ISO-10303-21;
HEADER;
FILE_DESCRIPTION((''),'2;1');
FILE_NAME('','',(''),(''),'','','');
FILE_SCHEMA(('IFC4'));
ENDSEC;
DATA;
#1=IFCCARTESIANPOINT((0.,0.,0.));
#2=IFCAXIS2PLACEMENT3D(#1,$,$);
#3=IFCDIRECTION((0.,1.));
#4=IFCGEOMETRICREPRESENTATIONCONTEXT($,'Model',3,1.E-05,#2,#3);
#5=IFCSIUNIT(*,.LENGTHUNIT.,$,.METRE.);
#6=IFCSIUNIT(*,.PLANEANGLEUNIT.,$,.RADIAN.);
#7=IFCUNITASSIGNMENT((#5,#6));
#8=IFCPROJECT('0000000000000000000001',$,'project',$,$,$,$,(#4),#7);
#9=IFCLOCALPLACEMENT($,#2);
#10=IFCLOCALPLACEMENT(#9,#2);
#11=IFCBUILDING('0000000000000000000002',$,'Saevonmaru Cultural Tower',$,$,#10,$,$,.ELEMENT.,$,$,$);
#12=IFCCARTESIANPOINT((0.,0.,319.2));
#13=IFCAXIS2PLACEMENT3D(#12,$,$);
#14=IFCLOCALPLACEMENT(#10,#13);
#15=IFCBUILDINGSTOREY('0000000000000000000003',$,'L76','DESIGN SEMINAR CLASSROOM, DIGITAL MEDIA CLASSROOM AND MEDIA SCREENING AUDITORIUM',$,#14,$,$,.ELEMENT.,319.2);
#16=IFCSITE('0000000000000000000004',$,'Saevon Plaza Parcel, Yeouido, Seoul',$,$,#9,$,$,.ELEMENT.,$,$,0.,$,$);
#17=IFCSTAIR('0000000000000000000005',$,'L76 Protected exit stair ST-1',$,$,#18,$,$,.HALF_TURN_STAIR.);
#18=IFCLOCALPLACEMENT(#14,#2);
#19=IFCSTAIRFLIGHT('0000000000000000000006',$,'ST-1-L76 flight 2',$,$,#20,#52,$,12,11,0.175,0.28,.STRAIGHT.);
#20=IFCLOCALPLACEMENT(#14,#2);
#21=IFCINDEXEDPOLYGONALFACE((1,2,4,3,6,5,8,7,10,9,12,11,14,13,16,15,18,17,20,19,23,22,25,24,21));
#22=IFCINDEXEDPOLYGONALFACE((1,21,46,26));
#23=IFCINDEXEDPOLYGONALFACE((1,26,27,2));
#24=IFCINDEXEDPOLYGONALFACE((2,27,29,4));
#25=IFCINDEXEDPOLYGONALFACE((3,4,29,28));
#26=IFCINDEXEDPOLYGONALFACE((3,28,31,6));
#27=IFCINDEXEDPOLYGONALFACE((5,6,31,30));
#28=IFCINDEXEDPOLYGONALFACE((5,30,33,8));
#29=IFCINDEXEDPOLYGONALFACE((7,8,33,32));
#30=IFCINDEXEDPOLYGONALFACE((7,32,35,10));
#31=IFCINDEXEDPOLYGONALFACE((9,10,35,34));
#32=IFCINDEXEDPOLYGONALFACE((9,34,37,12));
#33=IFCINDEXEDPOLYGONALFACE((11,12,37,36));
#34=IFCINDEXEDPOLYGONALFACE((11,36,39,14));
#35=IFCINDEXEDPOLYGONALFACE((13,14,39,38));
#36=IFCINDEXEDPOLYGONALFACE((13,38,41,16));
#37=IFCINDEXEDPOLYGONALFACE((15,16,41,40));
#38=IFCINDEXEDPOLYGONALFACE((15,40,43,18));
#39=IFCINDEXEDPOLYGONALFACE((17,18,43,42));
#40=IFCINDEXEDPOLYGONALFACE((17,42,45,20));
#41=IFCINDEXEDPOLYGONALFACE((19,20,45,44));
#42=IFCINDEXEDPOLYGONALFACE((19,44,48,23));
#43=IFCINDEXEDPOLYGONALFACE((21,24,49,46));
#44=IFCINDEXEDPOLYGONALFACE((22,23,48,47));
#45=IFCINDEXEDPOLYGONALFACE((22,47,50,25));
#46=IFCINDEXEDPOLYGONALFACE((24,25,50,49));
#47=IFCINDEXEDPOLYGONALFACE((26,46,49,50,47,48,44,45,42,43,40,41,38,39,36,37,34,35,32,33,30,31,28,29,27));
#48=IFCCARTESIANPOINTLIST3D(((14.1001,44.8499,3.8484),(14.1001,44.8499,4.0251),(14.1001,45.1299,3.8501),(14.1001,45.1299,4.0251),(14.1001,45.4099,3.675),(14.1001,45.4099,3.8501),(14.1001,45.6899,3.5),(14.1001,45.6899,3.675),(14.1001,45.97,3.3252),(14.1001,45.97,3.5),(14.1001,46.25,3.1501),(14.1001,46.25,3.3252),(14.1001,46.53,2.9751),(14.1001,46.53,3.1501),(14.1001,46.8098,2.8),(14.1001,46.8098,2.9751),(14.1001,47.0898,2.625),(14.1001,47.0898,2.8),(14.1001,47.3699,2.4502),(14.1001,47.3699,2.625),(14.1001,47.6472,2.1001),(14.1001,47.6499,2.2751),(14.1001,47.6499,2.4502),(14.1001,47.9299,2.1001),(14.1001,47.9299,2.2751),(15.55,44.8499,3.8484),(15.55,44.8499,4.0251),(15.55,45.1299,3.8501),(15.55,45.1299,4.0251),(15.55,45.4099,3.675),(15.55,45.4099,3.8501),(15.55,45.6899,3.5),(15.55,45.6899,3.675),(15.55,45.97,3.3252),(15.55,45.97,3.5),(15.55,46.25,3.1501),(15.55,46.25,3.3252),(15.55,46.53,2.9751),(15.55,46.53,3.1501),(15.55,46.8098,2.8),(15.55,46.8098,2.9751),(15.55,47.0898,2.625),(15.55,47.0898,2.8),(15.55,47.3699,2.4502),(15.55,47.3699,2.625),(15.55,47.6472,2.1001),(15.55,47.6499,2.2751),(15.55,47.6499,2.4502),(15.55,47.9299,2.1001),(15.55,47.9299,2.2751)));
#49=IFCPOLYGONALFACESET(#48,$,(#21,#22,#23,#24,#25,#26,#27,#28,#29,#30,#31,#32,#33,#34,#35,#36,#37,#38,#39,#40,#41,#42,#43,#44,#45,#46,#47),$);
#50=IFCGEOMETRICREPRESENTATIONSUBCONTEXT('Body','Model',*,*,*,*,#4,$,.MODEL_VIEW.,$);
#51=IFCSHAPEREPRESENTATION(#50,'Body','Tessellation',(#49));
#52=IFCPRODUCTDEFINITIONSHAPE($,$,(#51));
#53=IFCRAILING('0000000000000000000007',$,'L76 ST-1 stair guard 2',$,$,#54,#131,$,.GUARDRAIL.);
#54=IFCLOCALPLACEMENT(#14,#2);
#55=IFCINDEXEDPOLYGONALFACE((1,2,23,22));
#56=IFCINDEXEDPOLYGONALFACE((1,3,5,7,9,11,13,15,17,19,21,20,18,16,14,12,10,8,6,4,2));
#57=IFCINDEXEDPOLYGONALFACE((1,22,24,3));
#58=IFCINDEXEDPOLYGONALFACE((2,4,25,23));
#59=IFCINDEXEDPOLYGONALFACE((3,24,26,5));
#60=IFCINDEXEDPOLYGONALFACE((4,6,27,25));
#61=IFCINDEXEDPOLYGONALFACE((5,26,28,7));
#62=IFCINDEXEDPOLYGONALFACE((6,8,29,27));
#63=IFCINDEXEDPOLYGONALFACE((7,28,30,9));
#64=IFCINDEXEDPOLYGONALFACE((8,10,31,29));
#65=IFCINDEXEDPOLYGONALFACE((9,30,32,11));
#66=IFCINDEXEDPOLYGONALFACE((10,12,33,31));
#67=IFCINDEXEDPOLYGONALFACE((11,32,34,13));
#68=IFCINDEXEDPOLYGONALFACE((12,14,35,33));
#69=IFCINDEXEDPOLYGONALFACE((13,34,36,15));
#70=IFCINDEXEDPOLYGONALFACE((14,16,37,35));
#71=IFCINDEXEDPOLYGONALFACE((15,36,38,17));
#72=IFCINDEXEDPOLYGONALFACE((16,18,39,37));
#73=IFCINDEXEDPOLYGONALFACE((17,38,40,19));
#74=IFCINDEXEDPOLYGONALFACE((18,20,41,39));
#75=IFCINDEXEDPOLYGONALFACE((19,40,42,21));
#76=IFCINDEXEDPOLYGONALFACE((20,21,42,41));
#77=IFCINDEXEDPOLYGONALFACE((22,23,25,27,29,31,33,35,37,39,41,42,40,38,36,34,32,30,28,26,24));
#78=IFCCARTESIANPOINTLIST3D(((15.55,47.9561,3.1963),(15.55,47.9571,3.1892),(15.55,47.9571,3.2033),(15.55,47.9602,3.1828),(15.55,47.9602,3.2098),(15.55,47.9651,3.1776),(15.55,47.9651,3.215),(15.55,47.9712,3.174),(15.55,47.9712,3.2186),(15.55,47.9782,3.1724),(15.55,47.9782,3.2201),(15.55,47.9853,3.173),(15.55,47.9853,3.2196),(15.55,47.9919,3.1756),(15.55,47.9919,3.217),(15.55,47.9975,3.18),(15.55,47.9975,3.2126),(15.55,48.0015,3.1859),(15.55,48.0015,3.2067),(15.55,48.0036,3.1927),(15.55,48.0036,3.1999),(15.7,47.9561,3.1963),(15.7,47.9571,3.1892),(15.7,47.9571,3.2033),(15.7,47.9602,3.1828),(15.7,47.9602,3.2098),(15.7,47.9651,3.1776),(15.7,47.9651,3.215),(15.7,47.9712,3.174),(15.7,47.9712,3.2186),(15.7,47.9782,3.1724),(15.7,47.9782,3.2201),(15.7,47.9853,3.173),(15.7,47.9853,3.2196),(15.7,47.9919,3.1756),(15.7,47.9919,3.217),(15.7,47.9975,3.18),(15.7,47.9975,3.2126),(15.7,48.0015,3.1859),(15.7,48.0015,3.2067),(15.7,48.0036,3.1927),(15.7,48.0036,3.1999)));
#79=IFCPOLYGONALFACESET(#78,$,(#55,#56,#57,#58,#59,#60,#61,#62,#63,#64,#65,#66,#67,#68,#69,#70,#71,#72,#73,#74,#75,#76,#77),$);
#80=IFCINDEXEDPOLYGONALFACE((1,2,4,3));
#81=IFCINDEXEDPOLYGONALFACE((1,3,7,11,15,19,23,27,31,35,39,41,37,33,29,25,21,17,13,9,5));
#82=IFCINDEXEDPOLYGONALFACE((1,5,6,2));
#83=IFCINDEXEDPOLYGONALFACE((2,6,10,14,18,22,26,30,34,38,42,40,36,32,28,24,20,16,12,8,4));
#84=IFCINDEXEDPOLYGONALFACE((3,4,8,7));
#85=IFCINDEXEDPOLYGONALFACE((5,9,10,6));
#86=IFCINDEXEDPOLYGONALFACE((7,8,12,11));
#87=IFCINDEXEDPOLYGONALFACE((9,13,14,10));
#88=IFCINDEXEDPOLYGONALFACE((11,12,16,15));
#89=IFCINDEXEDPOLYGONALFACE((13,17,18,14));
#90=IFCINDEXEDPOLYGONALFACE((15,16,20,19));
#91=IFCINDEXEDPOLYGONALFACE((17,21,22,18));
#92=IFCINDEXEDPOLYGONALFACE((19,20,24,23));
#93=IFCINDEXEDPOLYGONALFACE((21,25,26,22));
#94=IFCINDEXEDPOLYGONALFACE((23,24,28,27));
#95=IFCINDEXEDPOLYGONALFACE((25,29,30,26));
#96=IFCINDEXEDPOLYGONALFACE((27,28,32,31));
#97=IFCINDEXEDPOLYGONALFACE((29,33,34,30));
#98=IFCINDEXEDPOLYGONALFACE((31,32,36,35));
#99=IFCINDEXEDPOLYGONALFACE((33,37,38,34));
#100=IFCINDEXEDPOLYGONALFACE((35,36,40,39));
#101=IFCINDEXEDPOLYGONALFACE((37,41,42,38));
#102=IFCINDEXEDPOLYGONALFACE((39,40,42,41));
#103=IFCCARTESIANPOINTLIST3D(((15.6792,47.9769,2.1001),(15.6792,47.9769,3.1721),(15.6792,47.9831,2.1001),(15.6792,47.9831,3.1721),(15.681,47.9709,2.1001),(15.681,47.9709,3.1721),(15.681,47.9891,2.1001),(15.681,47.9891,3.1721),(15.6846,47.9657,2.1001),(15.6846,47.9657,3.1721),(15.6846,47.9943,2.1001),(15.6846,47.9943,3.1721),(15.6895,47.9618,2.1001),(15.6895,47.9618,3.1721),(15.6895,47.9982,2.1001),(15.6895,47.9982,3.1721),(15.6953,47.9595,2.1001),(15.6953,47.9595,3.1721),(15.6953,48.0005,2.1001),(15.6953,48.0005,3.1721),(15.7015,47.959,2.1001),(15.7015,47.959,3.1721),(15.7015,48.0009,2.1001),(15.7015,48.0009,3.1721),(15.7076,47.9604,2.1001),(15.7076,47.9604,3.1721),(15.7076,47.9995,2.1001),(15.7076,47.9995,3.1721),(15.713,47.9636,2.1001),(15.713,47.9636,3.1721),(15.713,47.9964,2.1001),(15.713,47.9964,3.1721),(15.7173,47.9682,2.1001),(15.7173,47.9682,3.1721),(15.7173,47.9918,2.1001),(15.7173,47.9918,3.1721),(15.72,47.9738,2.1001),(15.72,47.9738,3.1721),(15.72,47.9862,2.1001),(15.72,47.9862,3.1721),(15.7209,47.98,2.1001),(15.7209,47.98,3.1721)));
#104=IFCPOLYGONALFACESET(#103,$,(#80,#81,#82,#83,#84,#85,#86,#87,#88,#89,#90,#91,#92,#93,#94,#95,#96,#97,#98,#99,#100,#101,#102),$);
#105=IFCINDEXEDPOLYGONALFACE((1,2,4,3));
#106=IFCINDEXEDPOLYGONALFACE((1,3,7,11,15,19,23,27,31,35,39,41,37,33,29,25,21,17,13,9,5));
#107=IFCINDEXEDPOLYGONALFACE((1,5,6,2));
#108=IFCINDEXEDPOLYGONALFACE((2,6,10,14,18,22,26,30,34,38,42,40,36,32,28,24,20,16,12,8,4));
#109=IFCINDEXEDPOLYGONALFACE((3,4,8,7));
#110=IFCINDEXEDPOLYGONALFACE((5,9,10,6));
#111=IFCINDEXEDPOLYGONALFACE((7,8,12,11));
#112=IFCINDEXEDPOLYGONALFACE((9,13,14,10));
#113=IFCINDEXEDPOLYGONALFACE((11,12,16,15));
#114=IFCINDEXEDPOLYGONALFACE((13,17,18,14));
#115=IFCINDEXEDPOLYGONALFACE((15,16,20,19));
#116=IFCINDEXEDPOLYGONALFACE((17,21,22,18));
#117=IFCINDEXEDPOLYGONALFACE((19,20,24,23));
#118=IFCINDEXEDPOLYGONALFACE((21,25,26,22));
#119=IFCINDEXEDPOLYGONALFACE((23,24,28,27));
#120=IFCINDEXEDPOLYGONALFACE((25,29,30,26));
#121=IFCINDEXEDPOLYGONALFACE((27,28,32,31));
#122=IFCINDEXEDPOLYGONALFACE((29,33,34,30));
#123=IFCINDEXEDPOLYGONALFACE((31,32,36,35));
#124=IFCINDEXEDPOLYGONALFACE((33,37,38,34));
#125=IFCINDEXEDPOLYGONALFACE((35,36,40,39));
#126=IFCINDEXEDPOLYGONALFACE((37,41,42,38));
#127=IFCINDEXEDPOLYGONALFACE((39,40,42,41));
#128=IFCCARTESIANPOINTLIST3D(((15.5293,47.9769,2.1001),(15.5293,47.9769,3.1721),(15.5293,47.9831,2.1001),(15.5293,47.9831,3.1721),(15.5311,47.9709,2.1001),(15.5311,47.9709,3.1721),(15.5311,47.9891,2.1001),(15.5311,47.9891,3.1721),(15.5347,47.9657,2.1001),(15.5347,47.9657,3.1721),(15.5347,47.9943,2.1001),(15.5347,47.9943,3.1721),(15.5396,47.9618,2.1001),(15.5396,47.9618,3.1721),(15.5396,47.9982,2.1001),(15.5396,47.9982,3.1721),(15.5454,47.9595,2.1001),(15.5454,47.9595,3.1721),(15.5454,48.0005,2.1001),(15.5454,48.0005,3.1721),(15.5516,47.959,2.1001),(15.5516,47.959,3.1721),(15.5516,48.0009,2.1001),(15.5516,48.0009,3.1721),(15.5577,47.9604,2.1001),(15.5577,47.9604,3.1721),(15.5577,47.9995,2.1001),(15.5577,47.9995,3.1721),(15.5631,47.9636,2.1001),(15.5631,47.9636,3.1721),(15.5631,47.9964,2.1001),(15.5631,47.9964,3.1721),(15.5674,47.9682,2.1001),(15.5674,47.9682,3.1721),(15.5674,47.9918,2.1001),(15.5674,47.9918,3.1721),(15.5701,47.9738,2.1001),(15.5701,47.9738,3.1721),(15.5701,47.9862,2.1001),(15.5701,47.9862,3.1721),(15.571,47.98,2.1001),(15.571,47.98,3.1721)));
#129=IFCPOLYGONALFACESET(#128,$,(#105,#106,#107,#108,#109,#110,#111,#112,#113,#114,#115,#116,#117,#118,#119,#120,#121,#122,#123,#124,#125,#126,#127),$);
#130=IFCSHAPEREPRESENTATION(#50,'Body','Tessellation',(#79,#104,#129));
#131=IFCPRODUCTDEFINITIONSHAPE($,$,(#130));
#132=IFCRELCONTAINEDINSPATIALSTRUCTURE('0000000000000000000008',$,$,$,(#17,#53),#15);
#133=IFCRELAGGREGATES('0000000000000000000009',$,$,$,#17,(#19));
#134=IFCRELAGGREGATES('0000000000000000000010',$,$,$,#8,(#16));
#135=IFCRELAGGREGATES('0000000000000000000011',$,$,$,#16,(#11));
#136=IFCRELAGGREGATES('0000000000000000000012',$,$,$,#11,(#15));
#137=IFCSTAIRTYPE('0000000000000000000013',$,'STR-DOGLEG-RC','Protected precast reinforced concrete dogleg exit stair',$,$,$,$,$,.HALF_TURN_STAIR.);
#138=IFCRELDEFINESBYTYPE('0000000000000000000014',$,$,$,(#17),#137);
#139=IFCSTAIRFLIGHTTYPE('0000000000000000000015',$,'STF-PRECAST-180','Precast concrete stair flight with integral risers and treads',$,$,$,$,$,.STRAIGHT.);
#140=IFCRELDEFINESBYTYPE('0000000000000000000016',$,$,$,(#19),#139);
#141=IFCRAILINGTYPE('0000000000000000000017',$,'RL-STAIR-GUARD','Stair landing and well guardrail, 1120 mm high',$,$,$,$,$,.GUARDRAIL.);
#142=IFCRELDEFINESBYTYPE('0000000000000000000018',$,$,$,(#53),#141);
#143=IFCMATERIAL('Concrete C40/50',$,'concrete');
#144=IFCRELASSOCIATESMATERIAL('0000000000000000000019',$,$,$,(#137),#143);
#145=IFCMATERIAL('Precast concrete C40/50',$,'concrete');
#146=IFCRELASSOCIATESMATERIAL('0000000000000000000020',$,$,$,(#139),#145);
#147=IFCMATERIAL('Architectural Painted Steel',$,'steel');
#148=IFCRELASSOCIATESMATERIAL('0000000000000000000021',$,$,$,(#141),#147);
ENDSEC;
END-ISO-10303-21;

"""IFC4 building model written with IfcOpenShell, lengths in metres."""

from ifc_helpers import new_model, si_unit, direction, frame, origin, origin_2d, place, context, subcontext, project, spatial, polyline, circle, outline, extrude, material, type_object, element, aggregate, save


model = new_model("IFC4")

# Units and contexts
model_context = context("Model", 3, precision=1e-05, world=origin(), true_north=direction((0.0, 1.0)))
body_context = subcontext(model_context, "Body", "Model", "MODEL_VIEW")
ifc_project = project(units=[si_unit("LENGTHUNIT", "METRE"), si_unit("PLANEANGLEUNIT", "RADIAN")], contexts=[model_context])

# Site, building, storey
site_placement = place(None, origin())
site = spatial("IfcSite", under=ifc_project, at=site_placement, Name="Saevon Plaza Parcel, Yeouido, Seoul", CompositionType="ELEMENT", RefElevation=0.0)
building_placement = place(site_placement, origin())
building = spatial("IfcBuilding", under=site, at=building_placement, Name="Saevonmaru Cultural Tower", CompositionType="ELEMENT")
storey_placement = place(building_placement, frame((0.0, 0.0, 319.2)))
storey = spatial("IfcBuildingStorey", under=building, at=storey_placement, Name="L76", Description="DESIGN SEMINAR CLASSROOM, DIGITAL MEDIA CLASSROOM AND MEDIA SCREENING AUDITORIUM", CompositionType="ELEMENT", Elevation=319.2)

# Shared definitions
ifc_material_1 = material(Name="Concrete C40/50", Category="concrete")

# Stair, stair flight
stair_type = type_object("IfcStairType", Name="STR-DOGLEG-RC", Description="Protected precast reinforced concrete dogleg exit stair", PredefinedType="HALF_TURN_STAIR", material=ifc_material_1)
stair_placement = place(storey_placement, origin())
stair = element("IfcStair", 1, at=stair_placement, inside=storey, type_object=stair_type, Name="L76 Protected exit stair ST-1", PredefinedType="HALF_TURN_STAIR")
ifc_material_2 = material(Name="Precast concrete C40/50", Category="concrete")
stair_flight_type = type_object("IfcStairFlightType", Name="STF-PRECAST-180", Description="Precast concrete stair flight with integral risers and treads", PredefinedType="STRAIGHT", material=ifc_material_2)
stair_flight_placement = place(storey_placement, frame((14.825, 47.9299, 2.1001), z_axis=(0.0, 0.0, 1.0), x_axis=(0.0, -1.0, 0.0)))
stair_flight = element("IfcStairFlight", 2, at=stair_flight_placement, type_object=stair_flight_type, Name="ST-1-L76 flight 2", NumberOfRisers=12, NumberOfTreads=11, PredefinedType="STRAIGHT", RiserHeight=0.175, TreadLength=0.28, context=body_context, shape_type="SweptSolid", body=[
    extrude(outline(polyline([(0.0, 0.0), (0.0, 0.175), (0.28, 0.175), (0.28, 0.3501), (0.5601, 0.3501), (0.5601, 0.5249), (0.8401, 0.5249), (0.8401, 0.7), (1.1201, 0.7), (1.1201, 0.875), (1.3999, 0.875), (1.3999, 1.05), (1.6799, 1.05), (1.6799, 1.2251), (1.96, 1.2251), (1.96, 1.3999), (2.24, 1.3999), (2.24, 1.575), (2.52, 1.575), (2.52, 1.75), (2.8, 1.75), (2.8, 1.925), (3.0801, 1.925), (3.0801, 2.1001), (3.0801, 1.7483), (0.2827, 0.0), (0.0, 0.0)])), frame((0.0, 0.7251, 0.0), z_axis=(0.0, -1.0, 0.0), x_axis=(1.0, 0.0, 0.0)), (0.0, 0.0, 1.0), 1.45),
])
aggregate(stair, [stair_flight])

# Railing
ifc_material_3 = material(Name="Architectural Painted Steel", Category="steel")
railing_type = type_object("IfcRailingType", Name="RL-STAIR-GUARD", Description="Stair landing and well guardrail, 1120 mm high", PredefinedType="GUARDRAIL", material=ifc_material_3)
railing_1_placement = place(storey_placement, frame((15.7, 47.98, 2.1001)))
element("IfcRailing", 3, at=railing_1_placement, inside=storey, type_object=railing_type, Name="L76 ST-1 stair guard 2", PredefinedType="GUARDRAIL", context=body_context, shape_type="SweptSolid", body=[
    extrude(circle(Radius=0.0239, at=origin_2d()), frame((0.0, 0.0, 1.0962), z_axis=(-1.0, 0.0, 0.0), x_axis=(0.0, -1.0, 0.0)), (0.0, 0.0, 1.0), 0.1499),
    extrude(circle(Radius=0.021, at=origin_2d()), origin(), (0.0, 0.0, 1.0), 1.072),
    extrude(circle(Radius=0.021, at=origin_2d()), frame((-0.1499, 0.0, 0.0)), (0.0, 0.0, 1.0), 1.072),
])

save(model, "model.ifc")
